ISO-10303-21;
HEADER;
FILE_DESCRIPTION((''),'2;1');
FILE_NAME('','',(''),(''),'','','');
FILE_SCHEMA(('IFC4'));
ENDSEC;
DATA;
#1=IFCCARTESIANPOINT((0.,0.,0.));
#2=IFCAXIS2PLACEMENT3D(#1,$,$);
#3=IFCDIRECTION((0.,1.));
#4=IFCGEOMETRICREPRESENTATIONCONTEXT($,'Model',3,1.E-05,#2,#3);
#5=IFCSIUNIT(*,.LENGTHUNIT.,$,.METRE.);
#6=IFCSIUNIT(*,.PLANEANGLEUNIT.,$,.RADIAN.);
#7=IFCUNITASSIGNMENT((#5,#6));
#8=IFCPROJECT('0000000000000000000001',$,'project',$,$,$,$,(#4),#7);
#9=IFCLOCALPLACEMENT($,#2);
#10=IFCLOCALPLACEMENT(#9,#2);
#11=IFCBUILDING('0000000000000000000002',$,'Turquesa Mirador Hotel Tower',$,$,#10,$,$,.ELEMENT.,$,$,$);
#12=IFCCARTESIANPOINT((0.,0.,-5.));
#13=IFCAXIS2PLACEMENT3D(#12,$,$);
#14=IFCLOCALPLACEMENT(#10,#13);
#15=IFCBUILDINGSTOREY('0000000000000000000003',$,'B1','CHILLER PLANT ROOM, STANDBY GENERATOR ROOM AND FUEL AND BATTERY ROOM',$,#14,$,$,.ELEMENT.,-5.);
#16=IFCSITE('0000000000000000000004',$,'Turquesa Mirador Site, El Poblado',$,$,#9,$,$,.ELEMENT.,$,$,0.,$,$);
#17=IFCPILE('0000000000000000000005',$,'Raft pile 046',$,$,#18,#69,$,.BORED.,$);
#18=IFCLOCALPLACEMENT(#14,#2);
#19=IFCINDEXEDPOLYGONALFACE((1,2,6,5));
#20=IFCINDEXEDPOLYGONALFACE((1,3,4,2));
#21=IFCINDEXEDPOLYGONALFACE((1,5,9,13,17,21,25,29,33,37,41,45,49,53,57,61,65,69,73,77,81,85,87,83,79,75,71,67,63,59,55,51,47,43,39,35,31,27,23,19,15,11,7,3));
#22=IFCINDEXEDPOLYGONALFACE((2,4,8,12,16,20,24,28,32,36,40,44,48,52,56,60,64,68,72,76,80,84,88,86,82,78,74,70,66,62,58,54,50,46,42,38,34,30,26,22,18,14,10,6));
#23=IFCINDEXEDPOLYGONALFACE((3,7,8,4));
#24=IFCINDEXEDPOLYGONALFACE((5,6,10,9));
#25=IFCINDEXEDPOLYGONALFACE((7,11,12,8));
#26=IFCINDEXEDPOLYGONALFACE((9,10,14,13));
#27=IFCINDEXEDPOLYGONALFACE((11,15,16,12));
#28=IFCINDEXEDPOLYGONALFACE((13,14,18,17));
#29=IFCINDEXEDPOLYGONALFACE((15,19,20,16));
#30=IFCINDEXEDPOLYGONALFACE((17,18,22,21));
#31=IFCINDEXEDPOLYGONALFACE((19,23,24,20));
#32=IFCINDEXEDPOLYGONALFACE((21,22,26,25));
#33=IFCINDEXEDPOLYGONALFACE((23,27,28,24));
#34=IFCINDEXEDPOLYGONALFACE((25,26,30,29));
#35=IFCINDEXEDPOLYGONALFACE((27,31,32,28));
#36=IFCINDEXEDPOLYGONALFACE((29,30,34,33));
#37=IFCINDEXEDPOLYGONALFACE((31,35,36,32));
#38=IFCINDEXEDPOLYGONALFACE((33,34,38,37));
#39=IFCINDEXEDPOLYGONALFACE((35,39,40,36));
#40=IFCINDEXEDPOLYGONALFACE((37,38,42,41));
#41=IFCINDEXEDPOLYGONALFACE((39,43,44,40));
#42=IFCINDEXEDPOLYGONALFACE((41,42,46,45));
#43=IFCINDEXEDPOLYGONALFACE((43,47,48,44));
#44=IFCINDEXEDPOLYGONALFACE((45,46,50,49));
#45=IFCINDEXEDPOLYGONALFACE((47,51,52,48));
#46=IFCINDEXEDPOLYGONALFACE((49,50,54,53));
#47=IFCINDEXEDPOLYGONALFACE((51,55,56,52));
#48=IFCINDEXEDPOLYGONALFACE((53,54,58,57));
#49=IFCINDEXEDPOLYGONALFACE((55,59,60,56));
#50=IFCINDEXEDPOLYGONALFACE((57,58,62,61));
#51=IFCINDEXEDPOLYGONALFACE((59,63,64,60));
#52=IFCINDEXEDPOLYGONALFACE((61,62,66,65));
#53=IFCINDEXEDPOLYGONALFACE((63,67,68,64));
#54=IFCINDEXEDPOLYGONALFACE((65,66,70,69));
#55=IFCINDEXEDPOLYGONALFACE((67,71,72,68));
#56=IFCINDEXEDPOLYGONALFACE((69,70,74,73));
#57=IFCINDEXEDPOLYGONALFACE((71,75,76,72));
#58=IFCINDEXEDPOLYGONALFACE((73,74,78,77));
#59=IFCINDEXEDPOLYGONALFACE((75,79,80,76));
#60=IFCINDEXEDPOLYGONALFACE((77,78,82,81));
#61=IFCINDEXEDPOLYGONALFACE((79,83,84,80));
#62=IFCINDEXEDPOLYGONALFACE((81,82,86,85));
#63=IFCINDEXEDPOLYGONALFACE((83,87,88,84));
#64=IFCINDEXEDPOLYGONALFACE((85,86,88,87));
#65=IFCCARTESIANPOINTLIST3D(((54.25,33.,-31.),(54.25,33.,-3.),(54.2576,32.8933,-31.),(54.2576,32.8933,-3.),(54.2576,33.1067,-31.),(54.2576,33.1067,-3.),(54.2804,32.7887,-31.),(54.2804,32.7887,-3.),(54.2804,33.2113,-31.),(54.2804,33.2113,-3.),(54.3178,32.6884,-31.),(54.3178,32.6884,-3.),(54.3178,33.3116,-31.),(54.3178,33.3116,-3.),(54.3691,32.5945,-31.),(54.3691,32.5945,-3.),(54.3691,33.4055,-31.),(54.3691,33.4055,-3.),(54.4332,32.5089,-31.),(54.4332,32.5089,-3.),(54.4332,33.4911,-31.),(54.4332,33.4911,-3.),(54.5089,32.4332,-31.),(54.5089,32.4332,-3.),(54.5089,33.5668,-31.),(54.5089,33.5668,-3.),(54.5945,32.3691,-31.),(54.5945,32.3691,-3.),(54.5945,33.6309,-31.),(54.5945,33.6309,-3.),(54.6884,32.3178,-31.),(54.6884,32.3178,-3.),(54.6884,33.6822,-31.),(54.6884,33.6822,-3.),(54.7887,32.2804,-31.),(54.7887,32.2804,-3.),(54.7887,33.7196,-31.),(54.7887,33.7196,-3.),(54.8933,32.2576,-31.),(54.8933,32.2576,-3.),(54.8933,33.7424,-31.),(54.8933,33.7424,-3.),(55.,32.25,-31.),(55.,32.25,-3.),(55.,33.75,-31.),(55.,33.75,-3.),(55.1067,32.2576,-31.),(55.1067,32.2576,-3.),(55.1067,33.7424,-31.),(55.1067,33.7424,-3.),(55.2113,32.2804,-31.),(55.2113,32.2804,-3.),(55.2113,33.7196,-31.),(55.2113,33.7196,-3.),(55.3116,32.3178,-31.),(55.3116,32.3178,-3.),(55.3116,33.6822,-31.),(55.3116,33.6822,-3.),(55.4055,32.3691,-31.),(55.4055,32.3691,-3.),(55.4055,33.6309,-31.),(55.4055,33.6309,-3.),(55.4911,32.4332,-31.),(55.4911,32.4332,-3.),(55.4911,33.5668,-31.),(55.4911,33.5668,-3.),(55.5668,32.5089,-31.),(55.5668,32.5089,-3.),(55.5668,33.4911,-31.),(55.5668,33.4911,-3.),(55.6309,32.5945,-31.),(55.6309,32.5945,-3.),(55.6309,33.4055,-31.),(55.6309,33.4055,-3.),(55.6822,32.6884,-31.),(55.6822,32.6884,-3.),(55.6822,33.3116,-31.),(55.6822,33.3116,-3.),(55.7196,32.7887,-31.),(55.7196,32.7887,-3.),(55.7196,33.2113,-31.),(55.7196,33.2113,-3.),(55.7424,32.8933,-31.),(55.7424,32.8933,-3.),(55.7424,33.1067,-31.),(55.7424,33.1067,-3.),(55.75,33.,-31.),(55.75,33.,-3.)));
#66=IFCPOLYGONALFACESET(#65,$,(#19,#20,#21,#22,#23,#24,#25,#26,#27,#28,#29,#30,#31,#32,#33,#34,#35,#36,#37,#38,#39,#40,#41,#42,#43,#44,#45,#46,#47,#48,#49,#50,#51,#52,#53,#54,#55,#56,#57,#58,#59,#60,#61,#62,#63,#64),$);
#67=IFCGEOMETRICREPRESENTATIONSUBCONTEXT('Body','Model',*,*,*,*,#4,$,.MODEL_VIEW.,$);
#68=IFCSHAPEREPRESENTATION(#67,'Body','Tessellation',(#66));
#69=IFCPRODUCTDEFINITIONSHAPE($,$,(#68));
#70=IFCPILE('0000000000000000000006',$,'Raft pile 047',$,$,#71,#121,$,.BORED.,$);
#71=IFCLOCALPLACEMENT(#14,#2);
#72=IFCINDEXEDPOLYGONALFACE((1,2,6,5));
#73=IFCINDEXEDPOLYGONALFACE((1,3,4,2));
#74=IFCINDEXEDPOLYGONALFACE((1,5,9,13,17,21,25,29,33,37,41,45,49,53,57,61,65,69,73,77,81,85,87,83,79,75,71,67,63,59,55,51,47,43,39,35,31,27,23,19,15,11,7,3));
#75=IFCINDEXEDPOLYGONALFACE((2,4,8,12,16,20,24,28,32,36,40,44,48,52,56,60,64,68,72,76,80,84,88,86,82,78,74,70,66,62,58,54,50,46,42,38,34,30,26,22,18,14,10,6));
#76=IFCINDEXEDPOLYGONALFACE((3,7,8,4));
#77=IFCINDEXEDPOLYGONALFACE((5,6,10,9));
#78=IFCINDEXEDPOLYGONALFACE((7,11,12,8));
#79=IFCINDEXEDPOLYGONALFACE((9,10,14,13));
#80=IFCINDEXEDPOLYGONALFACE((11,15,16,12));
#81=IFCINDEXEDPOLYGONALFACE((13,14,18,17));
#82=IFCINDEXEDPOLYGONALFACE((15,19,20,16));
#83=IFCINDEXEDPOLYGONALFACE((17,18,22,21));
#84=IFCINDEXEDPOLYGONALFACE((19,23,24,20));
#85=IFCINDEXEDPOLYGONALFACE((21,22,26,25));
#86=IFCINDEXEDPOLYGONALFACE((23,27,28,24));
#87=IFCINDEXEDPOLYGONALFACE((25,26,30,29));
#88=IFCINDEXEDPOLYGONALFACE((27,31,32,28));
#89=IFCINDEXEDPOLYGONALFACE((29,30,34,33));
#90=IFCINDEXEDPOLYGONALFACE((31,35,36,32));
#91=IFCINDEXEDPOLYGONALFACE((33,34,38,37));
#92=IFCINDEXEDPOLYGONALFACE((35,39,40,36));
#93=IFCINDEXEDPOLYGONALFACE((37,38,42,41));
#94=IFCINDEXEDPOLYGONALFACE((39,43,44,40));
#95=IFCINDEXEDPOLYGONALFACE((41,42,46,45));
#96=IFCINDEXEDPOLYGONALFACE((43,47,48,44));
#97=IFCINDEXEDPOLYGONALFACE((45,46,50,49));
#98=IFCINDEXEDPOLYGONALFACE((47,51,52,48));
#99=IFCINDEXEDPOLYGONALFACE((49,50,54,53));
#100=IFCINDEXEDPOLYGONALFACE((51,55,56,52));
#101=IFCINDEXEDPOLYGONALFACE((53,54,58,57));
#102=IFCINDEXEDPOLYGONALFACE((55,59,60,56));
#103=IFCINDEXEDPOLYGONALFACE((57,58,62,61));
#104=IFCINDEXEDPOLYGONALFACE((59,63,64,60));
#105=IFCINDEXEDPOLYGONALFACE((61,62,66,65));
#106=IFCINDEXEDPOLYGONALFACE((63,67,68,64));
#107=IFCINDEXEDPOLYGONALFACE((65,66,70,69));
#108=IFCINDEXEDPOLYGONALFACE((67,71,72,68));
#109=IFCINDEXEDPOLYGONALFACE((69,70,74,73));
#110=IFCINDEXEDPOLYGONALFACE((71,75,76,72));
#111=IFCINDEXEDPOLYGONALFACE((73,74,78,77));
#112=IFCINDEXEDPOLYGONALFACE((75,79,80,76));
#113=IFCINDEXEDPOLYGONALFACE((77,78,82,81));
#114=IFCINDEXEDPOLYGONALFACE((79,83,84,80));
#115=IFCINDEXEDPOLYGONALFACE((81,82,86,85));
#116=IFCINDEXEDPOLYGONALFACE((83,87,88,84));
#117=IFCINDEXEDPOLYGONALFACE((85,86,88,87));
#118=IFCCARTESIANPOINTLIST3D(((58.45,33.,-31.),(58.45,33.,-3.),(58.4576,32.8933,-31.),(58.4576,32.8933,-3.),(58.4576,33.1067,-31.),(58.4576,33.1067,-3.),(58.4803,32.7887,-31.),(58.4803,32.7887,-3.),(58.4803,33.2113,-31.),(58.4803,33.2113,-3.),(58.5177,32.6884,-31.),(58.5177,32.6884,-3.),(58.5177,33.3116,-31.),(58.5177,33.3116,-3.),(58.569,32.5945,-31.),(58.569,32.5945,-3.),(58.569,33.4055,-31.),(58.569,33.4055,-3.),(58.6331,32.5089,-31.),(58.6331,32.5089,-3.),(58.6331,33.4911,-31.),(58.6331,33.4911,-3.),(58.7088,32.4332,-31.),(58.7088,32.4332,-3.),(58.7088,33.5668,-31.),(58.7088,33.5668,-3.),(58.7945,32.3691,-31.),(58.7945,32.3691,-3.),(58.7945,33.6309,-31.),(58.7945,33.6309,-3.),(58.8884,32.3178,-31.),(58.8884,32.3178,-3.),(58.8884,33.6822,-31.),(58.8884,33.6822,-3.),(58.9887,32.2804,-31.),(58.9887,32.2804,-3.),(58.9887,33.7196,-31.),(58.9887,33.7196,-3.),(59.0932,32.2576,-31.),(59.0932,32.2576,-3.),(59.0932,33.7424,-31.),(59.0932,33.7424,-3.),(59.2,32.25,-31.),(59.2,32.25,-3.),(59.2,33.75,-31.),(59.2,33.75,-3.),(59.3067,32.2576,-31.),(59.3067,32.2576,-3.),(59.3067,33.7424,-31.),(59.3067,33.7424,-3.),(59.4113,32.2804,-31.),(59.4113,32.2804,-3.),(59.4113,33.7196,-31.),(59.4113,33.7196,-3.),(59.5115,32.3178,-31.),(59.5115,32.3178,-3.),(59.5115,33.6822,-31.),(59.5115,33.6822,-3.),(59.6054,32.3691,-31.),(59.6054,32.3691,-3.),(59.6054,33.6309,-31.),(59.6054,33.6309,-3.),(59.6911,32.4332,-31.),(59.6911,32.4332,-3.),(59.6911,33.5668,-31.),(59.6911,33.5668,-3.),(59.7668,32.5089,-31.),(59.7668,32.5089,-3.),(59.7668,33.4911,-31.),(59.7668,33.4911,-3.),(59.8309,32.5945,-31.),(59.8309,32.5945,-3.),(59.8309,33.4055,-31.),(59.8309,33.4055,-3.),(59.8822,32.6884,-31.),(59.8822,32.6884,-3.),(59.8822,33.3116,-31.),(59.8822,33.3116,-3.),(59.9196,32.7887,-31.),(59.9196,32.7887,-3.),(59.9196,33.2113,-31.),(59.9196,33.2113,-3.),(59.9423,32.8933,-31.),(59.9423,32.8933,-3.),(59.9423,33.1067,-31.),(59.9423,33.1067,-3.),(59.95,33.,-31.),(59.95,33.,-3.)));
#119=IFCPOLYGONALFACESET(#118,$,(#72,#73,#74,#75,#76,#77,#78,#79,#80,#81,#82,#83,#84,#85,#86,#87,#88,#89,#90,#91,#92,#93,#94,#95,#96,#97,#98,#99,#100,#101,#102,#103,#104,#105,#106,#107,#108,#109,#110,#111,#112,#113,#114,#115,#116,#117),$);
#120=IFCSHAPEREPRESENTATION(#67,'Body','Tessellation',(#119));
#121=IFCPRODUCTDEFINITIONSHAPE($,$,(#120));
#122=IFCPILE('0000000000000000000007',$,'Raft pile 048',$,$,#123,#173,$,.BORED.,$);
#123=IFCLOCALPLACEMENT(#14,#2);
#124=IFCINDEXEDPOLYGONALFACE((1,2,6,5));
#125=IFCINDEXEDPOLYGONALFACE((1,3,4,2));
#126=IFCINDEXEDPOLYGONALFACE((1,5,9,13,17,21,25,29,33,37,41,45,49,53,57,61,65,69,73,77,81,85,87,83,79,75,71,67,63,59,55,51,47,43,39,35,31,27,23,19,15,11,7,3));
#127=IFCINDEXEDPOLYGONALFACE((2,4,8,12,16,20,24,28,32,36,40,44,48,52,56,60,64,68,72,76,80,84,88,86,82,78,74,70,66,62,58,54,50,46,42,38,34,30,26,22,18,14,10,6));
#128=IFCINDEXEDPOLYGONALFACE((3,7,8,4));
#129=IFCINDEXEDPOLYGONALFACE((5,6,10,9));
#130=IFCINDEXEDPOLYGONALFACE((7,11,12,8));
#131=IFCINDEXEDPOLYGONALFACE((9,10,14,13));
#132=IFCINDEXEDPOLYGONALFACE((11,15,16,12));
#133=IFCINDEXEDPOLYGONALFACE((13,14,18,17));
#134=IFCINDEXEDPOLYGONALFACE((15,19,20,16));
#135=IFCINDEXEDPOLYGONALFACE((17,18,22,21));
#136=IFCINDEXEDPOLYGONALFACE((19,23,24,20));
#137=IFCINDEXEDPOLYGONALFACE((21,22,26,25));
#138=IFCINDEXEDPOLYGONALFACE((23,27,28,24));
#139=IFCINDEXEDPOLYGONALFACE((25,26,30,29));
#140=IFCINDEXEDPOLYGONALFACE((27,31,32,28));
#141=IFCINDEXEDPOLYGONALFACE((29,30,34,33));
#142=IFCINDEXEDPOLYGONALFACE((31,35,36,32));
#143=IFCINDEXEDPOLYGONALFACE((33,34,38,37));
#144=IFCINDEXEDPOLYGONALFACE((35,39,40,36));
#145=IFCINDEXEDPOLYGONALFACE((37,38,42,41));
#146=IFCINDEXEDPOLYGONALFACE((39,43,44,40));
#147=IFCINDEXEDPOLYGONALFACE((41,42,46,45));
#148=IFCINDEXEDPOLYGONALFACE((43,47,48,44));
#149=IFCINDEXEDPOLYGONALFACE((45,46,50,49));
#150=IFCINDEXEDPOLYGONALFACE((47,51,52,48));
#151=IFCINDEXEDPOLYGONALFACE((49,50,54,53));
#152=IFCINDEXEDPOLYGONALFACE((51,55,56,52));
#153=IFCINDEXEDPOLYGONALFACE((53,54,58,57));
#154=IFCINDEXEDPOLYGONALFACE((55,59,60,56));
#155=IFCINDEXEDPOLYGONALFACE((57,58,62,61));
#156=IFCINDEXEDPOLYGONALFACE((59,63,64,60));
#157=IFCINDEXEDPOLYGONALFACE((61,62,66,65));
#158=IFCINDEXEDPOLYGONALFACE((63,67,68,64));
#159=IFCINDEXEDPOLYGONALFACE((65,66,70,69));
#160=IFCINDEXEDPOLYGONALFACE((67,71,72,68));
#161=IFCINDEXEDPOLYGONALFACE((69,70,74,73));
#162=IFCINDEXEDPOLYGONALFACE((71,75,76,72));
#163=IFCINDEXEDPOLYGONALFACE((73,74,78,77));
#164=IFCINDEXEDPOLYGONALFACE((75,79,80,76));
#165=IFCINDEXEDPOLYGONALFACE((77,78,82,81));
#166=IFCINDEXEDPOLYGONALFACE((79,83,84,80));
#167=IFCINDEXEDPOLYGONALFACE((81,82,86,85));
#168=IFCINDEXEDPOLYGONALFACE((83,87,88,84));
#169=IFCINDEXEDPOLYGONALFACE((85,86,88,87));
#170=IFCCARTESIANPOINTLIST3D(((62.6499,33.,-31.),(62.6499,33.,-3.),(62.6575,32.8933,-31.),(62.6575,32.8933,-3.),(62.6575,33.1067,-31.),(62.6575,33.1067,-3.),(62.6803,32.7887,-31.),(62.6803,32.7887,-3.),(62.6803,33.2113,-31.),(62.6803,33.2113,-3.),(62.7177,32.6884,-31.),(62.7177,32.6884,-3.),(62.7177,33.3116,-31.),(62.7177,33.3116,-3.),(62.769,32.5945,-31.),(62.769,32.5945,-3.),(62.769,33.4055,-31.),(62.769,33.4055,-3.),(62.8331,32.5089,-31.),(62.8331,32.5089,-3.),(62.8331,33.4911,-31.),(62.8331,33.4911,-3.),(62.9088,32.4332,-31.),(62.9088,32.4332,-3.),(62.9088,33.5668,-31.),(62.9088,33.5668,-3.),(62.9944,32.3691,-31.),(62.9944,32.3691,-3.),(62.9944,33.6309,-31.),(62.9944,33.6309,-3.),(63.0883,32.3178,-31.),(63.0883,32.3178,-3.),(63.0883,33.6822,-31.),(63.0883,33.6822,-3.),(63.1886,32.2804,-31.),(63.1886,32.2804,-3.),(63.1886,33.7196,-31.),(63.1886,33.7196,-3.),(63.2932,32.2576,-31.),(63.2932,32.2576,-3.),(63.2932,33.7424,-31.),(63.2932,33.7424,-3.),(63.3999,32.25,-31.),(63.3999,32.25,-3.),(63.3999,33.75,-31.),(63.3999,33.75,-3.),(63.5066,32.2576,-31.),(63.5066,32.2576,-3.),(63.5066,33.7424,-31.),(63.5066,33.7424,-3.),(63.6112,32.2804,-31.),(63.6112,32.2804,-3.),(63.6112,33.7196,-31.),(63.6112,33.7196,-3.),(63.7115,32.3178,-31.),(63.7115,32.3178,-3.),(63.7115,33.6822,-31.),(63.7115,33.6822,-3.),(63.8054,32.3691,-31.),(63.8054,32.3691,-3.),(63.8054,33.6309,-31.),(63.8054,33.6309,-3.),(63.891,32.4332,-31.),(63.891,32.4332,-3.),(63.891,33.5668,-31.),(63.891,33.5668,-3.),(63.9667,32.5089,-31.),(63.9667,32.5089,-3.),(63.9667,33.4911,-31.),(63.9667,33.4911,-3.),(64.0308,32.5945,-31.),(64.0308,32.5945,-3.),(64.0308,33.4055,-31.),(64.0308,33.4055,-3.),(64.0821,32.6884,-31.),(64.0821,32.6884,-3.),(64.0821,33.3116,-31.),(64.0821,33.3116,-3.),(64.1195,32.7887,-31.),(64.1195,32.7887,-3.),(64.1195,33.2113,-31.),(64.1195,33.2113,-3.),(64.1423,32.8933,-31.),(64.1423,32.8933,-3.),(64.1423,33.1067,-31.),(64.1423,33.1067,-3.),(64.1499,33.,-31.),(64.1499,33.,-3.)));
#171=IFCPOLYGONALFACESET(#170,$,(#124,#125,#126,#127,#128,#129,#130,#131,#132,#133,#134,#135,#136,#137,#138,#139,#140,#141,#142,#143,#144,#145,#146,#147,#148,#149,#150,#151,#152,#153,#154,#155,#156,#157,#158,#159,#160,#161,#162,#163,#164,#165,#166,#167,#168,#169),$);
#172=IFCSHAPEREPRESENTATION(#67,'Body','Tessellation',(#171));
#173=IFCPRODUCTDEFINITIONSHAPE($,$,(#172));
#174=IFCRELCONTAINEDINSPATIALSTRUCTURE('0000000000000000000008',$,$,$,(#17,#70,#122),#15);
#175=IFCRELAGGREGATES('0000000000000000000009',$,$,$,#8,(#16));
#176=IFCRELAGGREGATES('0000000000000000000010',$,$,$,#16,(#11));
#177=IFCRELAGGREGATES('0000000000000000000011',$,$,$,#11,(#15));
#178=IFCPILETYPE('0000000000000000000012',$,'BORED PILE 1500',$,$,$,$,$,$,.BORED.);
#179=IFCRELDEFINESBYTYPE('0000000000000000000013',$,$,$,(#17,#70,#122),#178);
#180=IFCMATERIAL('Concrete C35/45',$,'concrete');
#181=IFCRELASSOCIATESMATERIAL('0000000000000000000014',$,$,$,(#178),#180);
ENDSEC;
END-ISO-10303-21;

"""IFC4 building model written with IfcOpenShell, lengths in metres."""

from ifc_helpers import new_model, si_unit, direction, frame, origin, origin_2d, place, context, subcontext, project, spatial, circle, extrude, material, type_object, element, save


model = new_model("IFC4")

# Units and contexts
model_context = context("Model", 3, precision=1e-05, world=origin(), true_north=direction((0.0, 1.0)))
body_context = subcontext(model_context, "Body", "Model", "MODEL_VIEW")
ifc_project = project(units=[si_unit("LENGTHUNIT", "METRE"), si_unit("PLANEANGLEUNIT", "RADIAN")], contexts=[model_context])

# Site, building, storey
site_placement = place(None, origin())
site = spatial("IfcSite", under=ifc_project, at=site_placement, Name="Turquesa Mirador Site, El Poblado", CompositionType="ELEMENT", RefElevation=0.0)
building_placement = place(site_placement, origin())
building = spatial("IfcBuilding", under=site, at=building_placement, Name="Turquesa Mirador Hotel Tower", CompositionType="ELEMENT")
storey_placement = place(building_placement, frame((0.0, 0.0, -5.0)))
storey = spatial("IfcBuildingStorey", under=building, at=storey_placement, Name="B1", Description="CHILLER PLANT ROOM, STANDBY GENERATOR ROOM AND FUEL AND BATTERY ROOM", CompositionType="ELEMENT", Elevation=-5.0)

# Piles
ifc_material_1 = material(Name="Concrete C35/45", Category="concrete")
pile_type = type_object("IfcPileType", Name="BORED PILE 1500", PredefinedType="BORED", material=ifc_material_1)
for number, where, z_axis, x_axis, name in (
    (1, (55.0, 33.0, -3.0), (0.0, 0.0, -1.0), (1.0, 0.0, 0.0), "Raft pile 046"),
    (2, (59.2, 33.0, -3.0), (0.0, 0.0, -1.0), (1.0, 0.0, 0.0), "Raft pile 047"),
    (3, (63.3999, 33.0, -3.0), (0.0, 0.0, -1.0), (1.0, 0.0, 0.0), "Raft pile 048"),
):
    element("IfcPile", number, at=place(storey_placement, frame(where, z_axis=z_axis, x_axis=x_axis)), inside=storey, type_object=pile_type, Name=name, PredefinedType="BORED", context=body_context, shape_type="SweptSolid", body=[
        extrude(circle(Radius=0.75, at=origin_2d()), origin(), (0.0, 0.0, 1.0), 28.0),
    ])

save(model, "model.ifc")
